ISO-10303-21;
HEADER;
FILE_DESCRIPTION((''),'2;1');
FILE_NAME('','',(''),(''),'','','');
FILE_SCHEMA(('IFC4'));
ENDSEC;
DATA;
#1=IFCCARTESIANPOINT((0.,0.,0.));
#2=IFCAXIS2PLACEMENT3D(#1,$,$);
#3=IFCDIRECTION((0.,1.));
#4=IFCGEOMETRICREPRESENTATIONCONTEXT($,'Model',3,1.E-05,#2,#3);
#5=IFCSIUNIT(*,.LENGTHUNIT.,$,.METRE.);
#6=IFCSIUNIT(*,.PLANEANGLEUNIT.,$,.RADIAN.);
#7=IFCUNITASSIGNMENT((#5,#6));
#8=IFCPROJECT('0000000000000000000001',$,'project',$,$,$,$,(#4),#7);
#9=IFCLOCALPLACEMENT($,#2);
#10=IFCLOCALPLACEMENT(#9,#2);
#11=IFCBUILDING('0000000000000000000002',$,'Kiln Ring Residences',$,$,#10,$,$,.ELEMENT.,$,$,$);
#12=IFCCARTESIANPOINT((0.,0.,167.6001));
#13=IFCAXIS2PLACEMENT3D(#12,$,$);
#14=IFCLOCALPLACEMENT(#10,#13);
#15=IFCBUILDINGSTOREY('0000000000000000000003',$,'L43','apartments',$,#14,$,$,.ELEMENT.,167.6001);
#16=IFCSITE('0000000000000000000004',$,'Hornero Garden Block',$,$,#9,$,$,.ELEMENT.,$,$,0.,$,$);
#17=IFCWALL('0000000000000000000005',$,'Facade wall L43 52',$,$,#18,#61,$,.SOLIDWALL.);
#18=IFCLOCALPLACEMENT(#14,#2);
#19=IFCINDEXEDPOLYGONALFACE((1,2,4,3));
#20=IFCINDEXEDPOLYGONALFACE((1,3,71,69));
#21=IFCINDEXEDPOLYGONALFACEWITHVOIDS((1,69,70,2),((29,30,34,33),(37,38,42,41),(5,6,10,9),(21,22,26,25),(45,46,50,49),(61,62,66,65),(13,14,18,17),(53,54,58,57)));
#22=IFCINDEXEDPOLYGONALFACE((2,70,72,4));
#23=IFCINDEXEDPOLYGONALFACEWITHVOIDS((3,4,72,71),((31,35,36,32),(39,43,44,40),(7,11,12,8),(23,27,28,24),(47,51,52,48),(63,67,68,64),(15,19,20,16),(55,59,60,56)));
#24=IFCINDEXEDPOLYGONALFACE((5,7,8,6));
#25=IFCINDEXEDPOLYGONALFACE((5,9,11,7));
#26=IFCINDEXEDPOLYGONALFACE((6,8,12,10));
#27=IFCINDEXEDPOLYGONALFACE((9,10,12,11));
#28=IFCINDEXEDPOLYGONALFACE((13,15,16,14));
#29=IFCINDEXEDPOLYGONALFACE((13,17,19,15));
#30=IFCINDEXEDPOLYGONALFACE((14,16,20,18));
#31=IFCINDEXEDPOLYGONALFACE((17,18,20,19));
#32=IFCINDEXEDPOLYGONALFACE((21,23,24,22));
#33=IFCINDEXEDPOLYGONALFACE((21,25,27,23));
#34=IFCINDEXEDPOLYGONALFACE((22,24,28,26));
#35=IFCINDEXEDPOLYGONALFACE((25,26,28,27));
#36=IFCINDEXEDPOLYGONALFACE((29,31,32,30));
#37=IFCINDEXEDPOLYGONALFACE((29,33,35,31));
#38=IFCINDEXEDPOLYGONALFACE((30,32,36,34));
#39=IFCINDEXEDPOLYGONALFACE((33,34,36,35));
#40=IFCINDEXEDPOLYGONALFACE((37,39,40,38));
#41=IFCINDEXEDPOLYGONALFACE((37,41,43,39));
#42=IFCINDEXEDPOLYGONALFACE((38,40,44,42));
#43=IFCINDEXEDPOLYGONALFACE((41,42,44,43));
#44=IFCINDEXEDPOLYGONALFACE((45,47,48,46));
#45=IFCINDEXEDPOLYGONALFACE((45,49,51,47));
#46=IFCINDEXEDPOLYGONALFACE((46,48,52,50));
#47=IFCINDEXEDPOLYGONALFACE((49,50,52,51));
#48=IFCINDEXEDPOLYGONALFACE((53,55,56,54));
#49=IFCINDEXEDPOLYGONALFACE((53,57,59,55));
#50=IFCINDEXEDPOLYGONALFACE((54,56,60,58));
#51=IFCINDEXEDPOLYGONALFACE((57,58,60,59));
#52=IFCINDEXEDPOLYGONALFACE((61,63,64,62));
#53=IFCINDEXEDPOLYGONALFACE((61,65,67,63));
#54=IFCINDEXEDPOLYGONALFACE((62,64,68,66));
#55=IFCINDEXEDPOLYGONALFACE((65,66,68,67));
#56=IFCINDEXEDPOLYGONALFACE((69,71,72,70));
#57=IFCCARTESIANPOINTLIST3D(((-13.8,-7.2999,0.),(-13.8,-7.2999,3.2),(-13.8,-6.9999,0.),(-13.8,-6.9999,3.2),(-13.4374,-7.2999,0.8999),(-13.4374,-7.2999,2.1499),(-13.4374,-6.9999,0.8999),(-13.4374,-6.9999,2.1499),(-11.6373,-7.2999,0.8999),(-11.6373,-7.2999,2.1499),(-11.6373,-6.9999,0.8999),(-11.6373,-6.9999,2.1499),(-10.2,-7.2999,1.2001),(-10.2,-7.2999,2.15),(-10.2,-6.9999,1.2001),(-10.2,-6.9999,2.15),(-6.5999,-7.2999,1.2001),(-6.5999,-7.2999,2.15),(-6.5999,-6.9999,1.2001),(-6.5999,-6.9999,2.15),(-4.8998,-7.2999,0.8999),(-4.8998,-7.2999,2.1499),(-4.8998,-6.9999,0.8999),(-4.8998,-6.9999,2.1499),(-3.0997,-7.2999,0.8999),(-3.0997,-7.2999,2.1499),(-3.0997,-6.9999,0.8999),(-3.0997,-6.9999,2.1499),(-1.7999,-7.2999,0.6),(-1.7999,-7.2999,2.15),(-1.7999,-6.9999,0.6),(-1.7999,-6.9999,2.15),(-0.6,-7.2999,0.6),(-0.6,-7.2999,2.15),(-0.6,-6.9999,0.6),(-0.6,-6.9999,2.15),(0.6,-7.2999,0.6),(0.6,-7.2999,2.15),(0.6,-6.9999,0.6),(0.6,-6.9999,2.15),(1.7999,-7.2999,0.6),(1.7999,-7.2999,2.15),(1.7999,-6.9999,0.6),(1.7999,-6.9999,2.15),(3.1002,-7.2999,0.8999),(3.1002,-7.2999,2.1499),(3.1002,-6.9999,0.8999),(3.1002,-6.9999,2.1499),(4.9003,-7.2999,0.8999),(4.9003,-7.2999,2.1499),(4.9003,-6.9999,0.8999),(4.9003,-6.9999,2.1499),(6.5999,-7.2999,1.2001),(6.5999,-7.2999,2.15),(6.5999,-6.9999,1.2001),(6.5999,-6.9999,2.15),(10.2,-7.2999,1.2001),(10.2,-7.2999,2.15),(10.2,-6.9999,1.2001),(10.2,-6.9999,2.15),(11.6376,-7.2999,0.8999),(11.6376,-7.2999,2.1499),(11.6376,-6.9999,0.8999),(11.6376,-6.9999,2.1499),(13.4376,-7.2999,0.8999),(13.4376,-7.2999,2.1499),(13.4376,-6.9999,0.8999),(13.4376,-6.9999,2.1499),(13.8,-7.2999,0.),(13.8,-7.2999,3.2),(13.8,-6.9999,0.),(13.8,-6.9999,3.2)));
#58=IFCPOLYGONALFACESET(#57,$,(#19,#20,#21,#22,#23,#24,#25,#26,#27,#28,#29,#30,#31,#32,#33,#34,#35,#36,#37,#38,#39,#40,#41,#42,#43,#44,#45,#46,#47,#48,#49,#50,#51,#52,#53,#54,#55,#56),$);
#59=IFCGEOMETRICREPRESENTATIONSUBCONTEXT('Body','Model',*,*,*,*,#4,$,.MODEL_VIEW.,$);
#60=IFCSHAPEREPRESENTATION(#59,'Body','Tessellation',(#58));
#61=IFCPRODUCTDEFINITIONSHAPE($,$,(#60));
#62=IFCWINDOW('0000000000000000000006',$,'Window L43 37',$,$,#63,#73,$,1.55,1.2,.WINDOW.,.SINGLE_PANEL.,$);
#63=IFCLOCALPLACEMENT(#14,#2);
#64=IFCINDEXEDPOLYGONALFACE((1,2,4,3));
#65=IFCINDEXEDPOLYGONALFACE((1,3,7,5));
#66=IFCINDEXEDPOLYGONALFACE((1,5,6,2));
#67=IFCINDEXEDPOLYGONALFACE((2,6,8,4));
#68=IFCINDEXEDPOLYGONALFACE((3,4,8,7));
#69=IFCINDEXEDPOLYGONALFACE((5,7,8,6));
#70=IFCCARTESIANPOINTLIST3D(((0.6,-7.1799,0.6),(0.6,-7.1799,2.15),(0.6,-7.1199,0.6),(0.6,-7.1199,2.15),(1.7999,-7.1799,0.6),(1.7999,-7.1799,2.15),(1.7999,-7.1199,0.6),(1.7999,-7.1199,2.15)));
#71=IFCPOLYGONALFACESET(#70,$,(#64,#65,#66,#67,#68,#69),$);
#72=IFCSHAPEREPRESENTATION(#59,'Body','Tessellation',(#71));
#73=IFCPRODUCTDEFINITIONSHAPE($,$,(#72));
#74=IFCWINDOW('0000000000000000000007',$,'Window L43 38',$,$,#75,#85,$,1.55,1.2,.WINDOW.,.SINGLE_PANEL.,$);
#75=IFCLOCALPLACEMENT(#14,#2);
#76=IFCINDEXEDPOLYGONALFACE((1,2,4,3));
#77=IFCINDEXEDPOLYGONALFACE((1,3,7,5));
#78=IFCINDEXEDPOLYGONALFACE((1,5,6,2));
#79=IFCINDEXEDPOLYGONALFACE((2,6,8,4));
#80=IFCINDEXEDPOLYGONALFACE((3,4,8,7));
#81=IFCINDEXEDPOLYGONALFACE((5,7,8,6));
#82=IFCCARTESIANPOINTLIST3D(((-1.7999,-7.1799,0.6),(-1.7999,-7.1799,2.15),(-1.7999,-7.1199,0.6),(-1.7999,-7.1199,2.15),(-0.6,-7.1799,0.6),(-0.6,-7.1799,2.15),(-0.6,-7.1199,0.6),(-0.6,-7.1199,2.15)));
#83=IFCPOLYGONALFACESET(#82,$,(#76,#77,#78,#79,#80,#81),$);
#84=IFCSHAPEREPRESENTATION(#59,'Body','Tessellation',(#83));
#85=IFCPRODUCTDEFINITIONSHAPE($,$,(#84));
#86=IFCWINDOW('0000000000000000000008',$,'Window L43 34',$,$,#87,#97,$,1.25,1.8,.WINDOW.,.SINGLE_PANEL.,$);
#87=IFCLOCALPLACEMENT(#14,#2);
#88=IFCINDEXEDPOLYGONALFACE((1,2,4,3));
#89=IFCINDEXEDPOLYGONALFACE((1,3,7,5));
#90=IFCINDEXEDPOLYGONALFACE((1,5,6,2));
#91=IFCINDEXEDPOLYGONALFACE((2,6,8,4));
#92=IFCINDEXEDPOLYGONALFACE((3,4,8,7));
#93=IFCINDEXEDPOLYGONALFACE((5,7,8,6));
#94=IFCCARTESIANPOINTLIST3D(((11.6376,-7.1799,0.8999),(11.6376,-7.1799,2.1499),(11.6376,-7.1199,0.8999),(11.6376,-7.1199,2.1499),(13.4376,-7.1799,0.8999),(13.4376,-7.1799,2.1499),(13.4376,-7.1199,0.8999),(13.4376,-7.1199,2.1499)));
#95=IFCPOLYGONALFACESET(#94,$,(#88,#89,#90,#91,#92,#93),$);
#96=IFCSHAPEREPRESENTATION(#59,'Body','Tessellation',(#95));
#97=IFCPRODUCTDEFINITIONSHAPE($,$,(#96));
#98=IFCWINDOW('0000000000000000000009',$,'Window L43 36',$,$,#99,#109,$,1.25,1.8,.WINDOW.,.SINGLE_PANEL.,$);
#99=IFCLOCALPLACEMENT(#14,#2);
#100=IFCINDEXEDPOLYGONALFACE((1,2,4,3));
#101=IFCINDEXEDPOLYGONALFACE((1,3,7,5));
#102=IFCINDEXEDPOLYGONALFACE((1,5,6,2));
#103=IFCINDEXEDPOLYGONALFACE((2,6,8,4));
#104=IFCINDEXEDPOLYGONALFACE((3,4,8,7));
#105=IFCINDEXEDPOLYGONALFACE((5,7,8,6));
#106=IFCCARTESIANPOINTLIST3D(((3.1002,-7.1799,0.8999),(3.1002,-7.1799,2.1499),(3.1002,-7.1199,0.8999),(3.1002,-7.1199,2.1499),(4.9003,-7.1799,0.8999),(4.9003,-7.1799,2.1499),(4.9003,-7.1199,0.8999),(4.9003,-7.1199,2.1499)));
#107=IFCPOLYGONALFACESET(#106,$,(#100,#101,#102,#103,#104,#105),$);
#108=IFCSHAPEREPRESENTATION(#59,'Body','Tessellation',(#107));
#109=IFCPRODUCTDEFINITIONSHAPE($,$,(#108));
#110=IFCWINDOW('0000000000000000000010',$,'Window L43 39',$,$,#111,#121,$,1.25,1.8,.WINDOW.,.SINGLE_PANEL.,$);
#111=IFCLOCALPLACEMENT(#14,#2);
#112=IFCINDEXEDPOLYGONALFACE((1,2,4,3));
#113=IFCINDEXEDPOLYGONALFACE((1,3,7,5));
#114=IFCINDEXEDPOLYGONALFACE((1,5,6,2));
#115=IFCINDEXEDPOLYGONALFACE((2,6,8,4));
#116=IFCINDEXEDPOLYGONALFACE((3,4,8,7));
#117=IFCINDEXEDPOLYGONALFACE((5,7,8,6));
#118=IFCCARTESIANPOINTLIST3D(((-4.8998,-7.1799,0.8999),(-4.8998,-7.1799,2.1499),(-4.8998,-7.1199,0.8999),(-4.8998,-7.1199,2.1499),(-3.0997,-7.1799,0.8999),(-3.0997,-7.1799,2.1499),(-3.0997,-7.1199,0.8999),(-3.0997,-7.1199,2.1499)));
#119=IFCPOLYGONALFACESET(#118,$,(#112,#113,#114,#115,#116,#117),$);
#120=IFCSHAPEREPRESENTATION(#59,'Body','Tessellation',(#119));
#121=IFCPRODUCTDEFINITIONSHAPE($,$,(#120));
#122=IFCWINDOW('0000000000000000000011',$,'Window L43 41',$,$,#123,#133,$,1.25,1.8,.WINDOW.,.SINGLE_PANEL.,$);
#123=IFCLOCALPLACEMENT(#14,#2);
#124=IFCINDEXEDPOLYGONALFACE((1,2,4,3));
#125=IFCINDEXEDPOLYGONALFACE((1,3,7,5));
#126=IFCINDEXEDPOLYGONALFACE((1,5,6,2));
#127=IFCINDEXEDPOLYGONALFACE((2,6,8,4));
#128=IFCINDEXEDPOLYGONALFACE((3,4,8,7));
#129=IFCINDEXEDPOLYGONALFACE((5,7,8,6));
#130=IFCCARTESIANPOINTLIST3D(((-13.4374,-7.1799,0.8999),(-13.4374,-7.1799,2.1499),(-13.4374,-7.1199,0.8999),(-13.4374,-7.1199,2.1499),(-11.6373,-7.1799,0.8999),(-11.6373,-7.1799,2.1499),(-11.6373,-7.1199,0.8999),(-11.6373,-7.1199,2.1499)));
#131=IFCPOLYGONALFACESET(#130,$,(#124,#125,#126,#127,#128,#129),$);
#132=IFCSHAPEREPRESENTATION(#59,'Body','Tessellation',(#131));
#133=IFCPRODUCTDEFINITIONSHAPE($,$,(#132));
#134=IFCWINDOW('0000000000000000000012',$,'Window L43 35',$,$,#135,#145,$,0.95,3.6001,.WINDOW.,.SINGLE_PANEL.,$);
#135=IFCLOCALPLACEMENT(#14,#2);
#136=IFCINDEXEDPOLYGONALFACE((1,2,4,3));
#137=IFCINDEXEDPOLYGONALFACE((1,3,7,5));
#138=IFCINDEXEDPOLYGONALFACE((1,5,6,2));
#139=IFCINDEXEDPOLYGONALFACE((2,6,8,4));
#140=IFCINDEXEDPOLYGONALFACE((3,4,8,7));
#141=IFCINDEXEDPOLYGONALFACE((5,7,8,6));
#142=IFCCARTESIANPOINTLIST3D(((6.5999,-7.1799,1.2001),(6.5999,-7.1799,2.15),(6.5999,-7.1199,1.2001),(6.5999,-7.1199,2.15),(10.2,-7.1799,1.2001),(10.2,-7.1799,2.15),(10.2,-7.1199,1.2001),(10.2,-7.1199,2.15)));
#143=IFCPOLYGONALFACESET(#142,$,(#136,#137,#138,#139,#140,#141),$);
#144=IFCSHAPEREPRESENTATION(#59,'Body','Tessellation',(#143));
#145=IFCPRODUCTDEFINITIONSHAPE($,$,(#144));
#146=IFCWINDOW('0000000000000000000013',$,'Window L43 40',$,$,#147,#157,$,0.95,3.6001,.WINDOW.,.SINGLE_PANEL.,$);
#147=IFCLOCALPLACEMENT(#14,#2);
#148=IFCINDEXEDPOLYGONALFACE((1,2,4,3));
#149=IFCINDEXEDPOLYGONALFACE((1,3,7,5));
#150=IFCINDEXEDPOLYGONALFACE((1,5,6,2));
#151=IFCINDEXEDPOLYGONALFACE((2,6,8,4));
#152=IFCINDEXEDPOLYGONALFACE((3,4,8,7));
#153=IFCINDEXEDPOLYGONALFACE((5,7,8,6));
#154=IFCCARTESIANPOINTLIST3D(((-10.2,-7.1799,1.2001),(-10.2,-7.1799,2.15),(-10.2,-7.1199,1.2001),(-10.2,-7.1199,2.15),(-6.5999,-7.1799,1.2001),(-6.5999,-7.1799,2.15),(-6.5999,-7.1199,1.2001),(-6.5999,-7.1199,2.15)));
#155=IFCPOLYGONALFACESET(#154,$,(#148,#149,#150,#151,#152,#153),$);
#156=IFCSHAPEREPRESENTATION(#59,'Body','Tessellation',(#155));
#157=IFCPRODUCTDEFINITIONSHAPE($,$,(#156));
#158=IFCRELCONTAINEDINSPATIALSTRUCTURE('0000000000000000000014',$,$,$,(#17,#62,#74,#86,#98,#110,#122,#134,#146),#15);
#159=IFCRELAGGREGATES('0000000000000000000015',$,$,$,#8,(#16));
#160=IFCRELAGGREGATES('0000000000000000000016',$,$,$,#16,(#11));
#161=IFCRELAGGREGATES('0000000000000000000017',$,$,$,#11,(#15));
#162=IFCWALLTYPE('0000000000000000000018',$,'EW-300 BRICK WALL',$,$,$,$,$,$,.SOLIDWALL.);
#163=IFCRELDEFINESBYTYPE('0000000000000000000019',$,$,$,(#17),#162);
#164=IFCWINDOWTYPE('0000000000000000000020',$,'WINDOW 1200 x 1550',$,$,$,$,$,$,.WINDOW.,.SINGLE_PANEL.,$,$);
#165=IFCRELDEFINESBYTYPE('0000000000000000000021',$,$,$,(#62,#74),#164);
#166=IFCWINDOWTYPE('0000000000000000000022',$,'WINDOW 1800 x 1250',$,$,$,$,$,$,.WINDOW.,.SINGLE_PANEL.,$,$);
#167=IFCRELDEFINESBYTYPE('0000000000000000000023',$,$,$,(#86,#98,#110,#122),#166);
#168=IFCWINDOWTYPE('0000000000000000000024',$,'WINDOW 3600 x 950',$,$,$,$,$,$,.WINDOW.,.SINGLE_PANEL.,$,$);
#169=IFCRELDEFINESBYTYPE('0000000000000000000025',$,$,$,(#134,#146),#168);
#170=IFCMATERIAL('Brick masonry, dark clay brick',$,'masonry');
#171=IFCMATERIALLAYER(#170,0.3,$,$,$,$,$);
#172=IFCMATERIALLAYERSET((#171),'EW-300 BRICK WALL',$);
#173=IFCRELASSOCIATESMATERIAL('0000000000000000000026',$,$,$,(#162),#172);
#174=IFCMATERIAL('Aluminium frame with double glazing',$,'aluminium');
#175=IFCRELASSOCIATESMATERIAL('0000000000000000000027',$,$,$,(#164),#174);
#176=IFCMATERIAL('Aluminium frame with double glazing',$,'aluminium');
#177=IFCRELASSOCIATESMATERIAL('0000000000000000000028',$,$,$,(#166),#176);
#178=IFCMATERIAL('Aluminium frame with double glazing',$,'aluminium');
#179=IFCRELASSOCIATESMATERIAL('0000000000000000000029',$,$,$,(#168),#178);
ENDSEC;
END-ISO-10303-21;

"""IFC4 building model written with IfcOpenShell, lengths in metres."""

from ifc_helpers import new_model, si_unit, direction, frame, frame_2d, origin, place, context, subcontext, project, spatial, rectangle, extrude, material, layer, layer_set, type_object, element, fill, save


model = new_model("IFC4")

# Units and contexts
model_context = context("Model", 3, precision=1e-05, world=origin(), true_north=direction((0.0, 1.0)))
body_context = subcontext(model_context, "Body", "Model", "MODEL_VIEW")
ifc_project = project(units=[si_unit("LENGTHUNIT", "METRE"), si_unit("PLANEANGLEUNIT", "RADIAN")], contexts=[model_context])

# Site, building, storey
site_placement = place(None, origin())
site = spatial("IfcSite", under=ifc_project, at=site_placement, Name="Hornero Garden Block", CompositionType="ELEMENT", RefElevation=0.0)
building_placement = place(site_placement, origin())
building = spatial("IfcBuilding", under=site, at=building_placement, Name="Kiln Ring Residences", CompositionType="ELEMENT")
storey_placement = place(building_placement, frame((0.0, 0.0, 167.6001)))
storey = spatial("IfcBuildingStorey", under=building, at=storey_placement, Name="L43", Description="apartments", CompositionType="ELEMENT", Elevation=167.6001)

# Wall, openings, windows
ifc_material_1 = material(Name="Brick masonry, dark clay brick", Category="masonry")
ifc_layer_1 = layer(ifc_material_1, 0.3)
ifc_layer_set_1 = layer_set([ifc_layer_1], Name="EW-300 BRICK WALL")
wall_type = type_object("IfcWallType", Name="EW-300 BRICK WALL", PredefinedType="SOLIDWALL", material=ifc_layer_set_1)
wall_1_placement = place(storey_placement, frame((13.8, -7.1499, 0.0), z_axis=(0.0, 0.0, 1.0), x_axis=(-1.0, 0.0, 0.0)))
wall_1 = element("IfcWall", 1, at=wall_1_placement, inside=storey, type_object=wall_type, Name="Facade wall L43 52", PredefinedType="SOLIDWALL", context=body_context, shape_type="SweptSolid", body=[
    extrude(rectangle(XDim=27.6001, YDim=0.3, at=frame_2d((13.8, 0.0))), origin(), (0.0, 0.0, 1.0), 3.2),
])
opening_1_placement = place(wall_1_placement, frame((0.3625, 0.0, 0.8999)))
opening_1 = element("IfcOpeningElement", 2, at=opening_1_placement, cuts=wall_1, PredefinedType="OPENING", context=body_context, shape_type="SweptSolid", body=[
    extrude(rectangle(XDim=1.8, YDim=1.25, at=frame_2d((0.8999, 0.625))), frame((0.0, 0.1599, 0.0), z_axis=(0.0, -1.0, 0.0), x_axis=(1.0, 0.0, 0.0)), (0.0, 0.0, 1.0), 0.3201),
])
opening_2_placement = place(wall_1_placement, frame((3.6001, 0.0, 1.2)))
opening_2 = element("IfcOpeningElement", 3, at=opening_2_placement, cuts=wall_1, PredefinedType="OPENING", context=body_context, shape_type="SweptSolid", body=[
    extrude(rectangle(XDim=3.6001, YDim=0.95, at=frame_2d((1.8, 0.4751))), frame((0.0, 0.1599, 0.0), z_axis=(0.0, -1.0, 0.0), x_axis=(1.0, 0.0, 0.0)), (0.0, 0.0, 1.0), 0.3201),
])
opening_3_placement = place(wall_1_placement, frame((8.8999, 0.0, 0.8999)))
opening_3 = element("IfcOpeningElement", 4, at=opening_3_placement, cuts=wall_1, PredefinedType="OPENING", context=body_context, shape_type="SweptSolid", body=[
    extrude(rectangle(XDim=1.8, YDim=1.25, at=frame_2d((0.8999, 0.625))), frame((0.0, 0.1599, 0.0), z_axis=(0.0, -1.0, 0.0), x_axis=(1.0, 0.0, 0.0)), (0.0, 0.0, 1.0), 0.3201),
])
opening_4_placement = place(wall_1_placement, frame((12.0, 0.0, 0.6001)))
opening_4 = element("IfcOpeningElement", 5, at=opening_4_placement, cuts=wall_1, PredefinedType="OPENING", context=body_context, shape_type="SweptSolid", body=[
    extrude(rectangle(XDim=1.2, YDim=1.55, at=frame_2d((0.6001, 0.7749))), frame((0.0, 0.1599, 0.0), z_axis=(0.0, -1.0, 0.0), x_axis=(1.0, 0.0, 0.0)), (0.0, 0.0, 1.0), 0.3201),
])
opening_5_placement = place(wall_1_placement, frame((14.3999, 0.0, 0.6001)))
opening_5 = element("IfcOpeningElement", 6, at=opening_5_placement, cuts=wall_1, PredefinedType="OPENING", context=body_context, shape_type="SweptSolid", body=[
    extrude(rectangle(XDim=1.2, YDim=1.55, at=frame_2d((0.6001, 0.7749))), frame((0.0, 0.1599, 0.0), z_axis=(0.0, -1.0, 0.0), x_axis=(1.0, 0.0, 0.0)), (0.0, 0.0, 1.0), 0.3201),
])
opening_6_placement = place(wall_1_placement, frame((16.8999, 0.0, 0.8999)))
opening_6 = element("IfcOpeningElement", 7, at=opening_6_placement, cuts=wall_1, PredefinedType="OPENING", context=body_context, shape_type="SweptSolid", body=[
    extrude(rectangle(XDim=1.8, YDim=1.25, at=frame_2d((0.8999, 0.625))), frame((0.0, 0.1599, 0.0), z_axis=(0.0, -1.0, 0.0), x_axis=(1.0, 0.0, 0.0)), (0.0, 0.0, 1.0), 0.3201),
])
opening_7_placement = place(wall_1_placement, frame((20.3999, 0.0, 1.2)))
opening_7 = element("IfcOpeningElement", 8, at=opening_7_placement, cuts=wall_1, PredefinedType="OPENING", context=body_context, shape_type="SweptSolid", body=[
    extrude(rectangle(XDim=3.6001, YDim=0.95, at=frame_2d((1.8, 0.4751))), frame((0.0, 0.1599, 0.0), z_axis=(0.0, -1.0, 0.0), x_axis=(1.0, 0.0, 0.0)), (0.0, 0.0, 1.0), 0.3201),
])
opening_8_placement = place(wall_1_placement, frame((25.4375, 0.0, 0.8999)))
opening_8 = element("IfcOpeningElement", 9, at=opening_8_placement, cuts=wall_1, PredefinedType="OPENING", context=body_context, shape_type="SweptSolid", body=[
    extrude(rectangle(XDim=1.8, YDim=1.25, at=frame_2d((0.8999, 0.625))), frame((0.0, 0.1599, 0.0), z_axis=(0.0, -1.0, 0.0), x_axis=(1.0, 0.0, 0.0)), (0.0, 0.0, 1.0), 0.3201),
])
ifc_material_2 = material(Name="Aluminium frame with double glazing", Category="aluminium")
window_type_1 = type_object("IfcWindowType", Name="WINDOW 1200 x 1550", PartitioningType="SINGLE_PANEL", PredefinedType="WINDOW", material=ifc_material_2)
window_1_placement = place(opening_4_placement, origin())
window_1 = element("IfcWindow", 10, at=window_1_placement, inside=storey, type_object=window_type_1, Name="Window L43 37", OverallHeight=1.55, OverallWidth=1.2, PartitioningType="SINGLE_PANEL", PredefinedType="WINDOW", context=body_context, shape_type="SweptSolid", body=[
    extrude(rectangle(XDim=1.2, YDim=1.55, at=frame_2d((0.6001, 0.7749))), frame((0.0, 0.03, 0.0), z_axis=(0.0, -1.0, 0.0), x_axis=(1.0, 0.0, 0.0)), (0.0, 0.0, 1.0), 0.0601),
])
fill(opening_4, window_1)
window_2_placement = place(opening_5_placement, origin())
window_2 = element("IfcWindow", 11, at=window_2_placement, inside=storey, type_object=window_type_1, Name="Window L43 38", OverallHeight=1.55, OverallWidth=1.2, PartitioningType="SINGLE_PANEL", PredefinedType="WINDOW", context=body_context, shape_type="SweptSolid", body=[
    extrude(rectangle(XDim=1.2, YDim=1.55, at=frame_2d((0.6001, 0.7749))), frame((0.0, 0.03, 0.0), z_axis=(0.0, -1.0, 0.0), x_axis=(1.0, 0.0, 0.0)), (0.0, 0.0, 1.0), 0.0601),
])
fill(opening_5, window_2)
ifc_material_3 = material(Name="Aluminium frame with double glazing", Category="aluminium")
window_type_2 = type_object("IfcWindowType", Name="WINDOW 1800 x 1250", PartitioningType="SINGLE_PANEL", PredefinedType="WINDOW", material=ifc_material_3)
window_3_placement = place(opening_1_placement, origin())
window_3 = element("IfcWindow", 12, at=window_3_placement, inside=storey, type_object=window_type_2, Name="Window L43 34", OverallHeight=1.25, OverallWidth=1.8, PartitioningType="SINGLE_PANEL", PredefinedType="WINDOW", context=body_context, shape_type="SweptSolid", body=[
    extrude(rectangle(XDim=1.8, YDim=1.25, at=frame_2d((0.8999, 0.625))), frame((0.0, 0.03, 0.0), z_axis=(0.0, -1.0, 0.0), x_axis=(1.0, 0.0, 0.0)), (0.0, 0.0, 1.0), 0.0601),
])
fill(opening_1, window_3)
window_4_placement = place(opening_3_placement, origin())
window_4 = element("IfcWindow", 13, at=window_4_placement, inside=storey, type_object=window_type_2, Name="Window L43 36", OverallHeight=1.25, OverallWidth=1.8, PartitioningType="SINGLE_PANEL", PredefinedType="WINDOW", context=body_context, shape_type="SweptSolid", body=[
    extrude(rectangle(XDim=1.8, YDim=1.25, at=frame_2d((0.8999, 0.625))), frame((0.0, 0.03, 0.0), z_axis=(0.0, -1.0, 0.0), x_axis=(1.0, 0.0, 0.0)), (0.0, 0.0, 1.0), 0.0601),
])
fill(opening_3, window_4)
window_5_placement = place(opening_6_placement, origin())
window_5 = element("IfcWindow", 14, at=window_5_placement, inside=storey, type_object=window_type_2, Name="Window L43 39", OverallHeight=1.25, OverallWidth=1.8, PartitioningType="SINGLE_PANEL", PredefinedType="WINDOW", context=body_context, shape_type="SweptSolid", body=[
    extrude(rectangle(XDim=1.8, YDim=1.25, at=frame_2d((0.8999, 0.625))), frame((0.0, 0.03, 0.0), z_axis=(0.0, -1.0, 0.0), x_axis=(1.0, 0.0, 0.0)), (0.0, 0.0, 1.0), 0.0601),
])
fill(opening_6, window_5)
window_6_placement = place(opening_8_placement, origin())
window_6 = element("IfcWindow", 15, at=window_6_placement, inside=storey, type_object=window_type_2, Name="Window L43 41", OverallHeight=1.25, OverallWidth=1.8, PartitioningType="SINGLE_PANEL", PredefinedType="WINDOW", context=body_context, shape_type="SweptSolid", body=[
    extrude(rectangle(XDim=1.8, YDim=1.25, at=frame_2d((0.8999, 0.625))), frame((0.0, 0.03, 0.0), z_axis=(0.0, -1.0, 0.0), x_axis=(1.0, 0.0, 0.0)), (0.0, 0.0, 1.0), 0.0601),
])
fill(opening_8, window_6)
ifc_material_4 = material(Name="Aluminium frame with double glazing", Category="aluminium")
window_type_3 = type_object("IfcWindowType", Name="WINDOW 3600 x 950", PartitioningType="SINGLE_PANEL", PredefinedType="WINDOW", material=ifc_material_4)
window_7_placement = place(opening_2_placement, origin())
window_7 = element("IfcWindow", 16, at=window_7_placement, inside=storey, type_object=window_type_3, Name="Window L43 35", OverallHeight=0.95, OverallWidth=3.6001, PartitioningType="SINGLE_PANEL", PredefinedType="WINDOW", context=body_context, shape_type="SweptSolid", body=[
    extrude(rectangle(XDim=3.6001, YDim=0.95, at=frame_2d((1.8, 0.4751))), frame((0.0, 0.03, 0.0), z_axis=(0.0, -1.0, 0.0), x_axis=(1.0, 0.0, 0.0)), (0.0, 0.0, 1.0), 0.0601),
])
fill(opening_2, window_7)
window_8_placement = place(opening_7_placement, origin())
window_8 = element("IfcWindow", 17, at=window_8_placement, inside=storey, type_object=window_type_3, Name="Window L43 40", OverallHeight=0.95, OverallWidth=3.6001, PartitioningType="SINGLE_PANEL", PredefinedType="WINDOW", context=body_context, shape_type="SweptSolid", body=[
    extrude(rectangle(XDim=3.6001, YDim=0.95, at=frame_2d((1.8, 0.4751))), frame((0.0, 0.03, 0.0), z_axis=(0.0, -1.0, 0.0), x_axis=(1.0, 0.0, 0.0)), (0.0, 0.0, 1.0), 0.0601),
])
fill(opening_7, window_8)

save(model, "model.ifc")
